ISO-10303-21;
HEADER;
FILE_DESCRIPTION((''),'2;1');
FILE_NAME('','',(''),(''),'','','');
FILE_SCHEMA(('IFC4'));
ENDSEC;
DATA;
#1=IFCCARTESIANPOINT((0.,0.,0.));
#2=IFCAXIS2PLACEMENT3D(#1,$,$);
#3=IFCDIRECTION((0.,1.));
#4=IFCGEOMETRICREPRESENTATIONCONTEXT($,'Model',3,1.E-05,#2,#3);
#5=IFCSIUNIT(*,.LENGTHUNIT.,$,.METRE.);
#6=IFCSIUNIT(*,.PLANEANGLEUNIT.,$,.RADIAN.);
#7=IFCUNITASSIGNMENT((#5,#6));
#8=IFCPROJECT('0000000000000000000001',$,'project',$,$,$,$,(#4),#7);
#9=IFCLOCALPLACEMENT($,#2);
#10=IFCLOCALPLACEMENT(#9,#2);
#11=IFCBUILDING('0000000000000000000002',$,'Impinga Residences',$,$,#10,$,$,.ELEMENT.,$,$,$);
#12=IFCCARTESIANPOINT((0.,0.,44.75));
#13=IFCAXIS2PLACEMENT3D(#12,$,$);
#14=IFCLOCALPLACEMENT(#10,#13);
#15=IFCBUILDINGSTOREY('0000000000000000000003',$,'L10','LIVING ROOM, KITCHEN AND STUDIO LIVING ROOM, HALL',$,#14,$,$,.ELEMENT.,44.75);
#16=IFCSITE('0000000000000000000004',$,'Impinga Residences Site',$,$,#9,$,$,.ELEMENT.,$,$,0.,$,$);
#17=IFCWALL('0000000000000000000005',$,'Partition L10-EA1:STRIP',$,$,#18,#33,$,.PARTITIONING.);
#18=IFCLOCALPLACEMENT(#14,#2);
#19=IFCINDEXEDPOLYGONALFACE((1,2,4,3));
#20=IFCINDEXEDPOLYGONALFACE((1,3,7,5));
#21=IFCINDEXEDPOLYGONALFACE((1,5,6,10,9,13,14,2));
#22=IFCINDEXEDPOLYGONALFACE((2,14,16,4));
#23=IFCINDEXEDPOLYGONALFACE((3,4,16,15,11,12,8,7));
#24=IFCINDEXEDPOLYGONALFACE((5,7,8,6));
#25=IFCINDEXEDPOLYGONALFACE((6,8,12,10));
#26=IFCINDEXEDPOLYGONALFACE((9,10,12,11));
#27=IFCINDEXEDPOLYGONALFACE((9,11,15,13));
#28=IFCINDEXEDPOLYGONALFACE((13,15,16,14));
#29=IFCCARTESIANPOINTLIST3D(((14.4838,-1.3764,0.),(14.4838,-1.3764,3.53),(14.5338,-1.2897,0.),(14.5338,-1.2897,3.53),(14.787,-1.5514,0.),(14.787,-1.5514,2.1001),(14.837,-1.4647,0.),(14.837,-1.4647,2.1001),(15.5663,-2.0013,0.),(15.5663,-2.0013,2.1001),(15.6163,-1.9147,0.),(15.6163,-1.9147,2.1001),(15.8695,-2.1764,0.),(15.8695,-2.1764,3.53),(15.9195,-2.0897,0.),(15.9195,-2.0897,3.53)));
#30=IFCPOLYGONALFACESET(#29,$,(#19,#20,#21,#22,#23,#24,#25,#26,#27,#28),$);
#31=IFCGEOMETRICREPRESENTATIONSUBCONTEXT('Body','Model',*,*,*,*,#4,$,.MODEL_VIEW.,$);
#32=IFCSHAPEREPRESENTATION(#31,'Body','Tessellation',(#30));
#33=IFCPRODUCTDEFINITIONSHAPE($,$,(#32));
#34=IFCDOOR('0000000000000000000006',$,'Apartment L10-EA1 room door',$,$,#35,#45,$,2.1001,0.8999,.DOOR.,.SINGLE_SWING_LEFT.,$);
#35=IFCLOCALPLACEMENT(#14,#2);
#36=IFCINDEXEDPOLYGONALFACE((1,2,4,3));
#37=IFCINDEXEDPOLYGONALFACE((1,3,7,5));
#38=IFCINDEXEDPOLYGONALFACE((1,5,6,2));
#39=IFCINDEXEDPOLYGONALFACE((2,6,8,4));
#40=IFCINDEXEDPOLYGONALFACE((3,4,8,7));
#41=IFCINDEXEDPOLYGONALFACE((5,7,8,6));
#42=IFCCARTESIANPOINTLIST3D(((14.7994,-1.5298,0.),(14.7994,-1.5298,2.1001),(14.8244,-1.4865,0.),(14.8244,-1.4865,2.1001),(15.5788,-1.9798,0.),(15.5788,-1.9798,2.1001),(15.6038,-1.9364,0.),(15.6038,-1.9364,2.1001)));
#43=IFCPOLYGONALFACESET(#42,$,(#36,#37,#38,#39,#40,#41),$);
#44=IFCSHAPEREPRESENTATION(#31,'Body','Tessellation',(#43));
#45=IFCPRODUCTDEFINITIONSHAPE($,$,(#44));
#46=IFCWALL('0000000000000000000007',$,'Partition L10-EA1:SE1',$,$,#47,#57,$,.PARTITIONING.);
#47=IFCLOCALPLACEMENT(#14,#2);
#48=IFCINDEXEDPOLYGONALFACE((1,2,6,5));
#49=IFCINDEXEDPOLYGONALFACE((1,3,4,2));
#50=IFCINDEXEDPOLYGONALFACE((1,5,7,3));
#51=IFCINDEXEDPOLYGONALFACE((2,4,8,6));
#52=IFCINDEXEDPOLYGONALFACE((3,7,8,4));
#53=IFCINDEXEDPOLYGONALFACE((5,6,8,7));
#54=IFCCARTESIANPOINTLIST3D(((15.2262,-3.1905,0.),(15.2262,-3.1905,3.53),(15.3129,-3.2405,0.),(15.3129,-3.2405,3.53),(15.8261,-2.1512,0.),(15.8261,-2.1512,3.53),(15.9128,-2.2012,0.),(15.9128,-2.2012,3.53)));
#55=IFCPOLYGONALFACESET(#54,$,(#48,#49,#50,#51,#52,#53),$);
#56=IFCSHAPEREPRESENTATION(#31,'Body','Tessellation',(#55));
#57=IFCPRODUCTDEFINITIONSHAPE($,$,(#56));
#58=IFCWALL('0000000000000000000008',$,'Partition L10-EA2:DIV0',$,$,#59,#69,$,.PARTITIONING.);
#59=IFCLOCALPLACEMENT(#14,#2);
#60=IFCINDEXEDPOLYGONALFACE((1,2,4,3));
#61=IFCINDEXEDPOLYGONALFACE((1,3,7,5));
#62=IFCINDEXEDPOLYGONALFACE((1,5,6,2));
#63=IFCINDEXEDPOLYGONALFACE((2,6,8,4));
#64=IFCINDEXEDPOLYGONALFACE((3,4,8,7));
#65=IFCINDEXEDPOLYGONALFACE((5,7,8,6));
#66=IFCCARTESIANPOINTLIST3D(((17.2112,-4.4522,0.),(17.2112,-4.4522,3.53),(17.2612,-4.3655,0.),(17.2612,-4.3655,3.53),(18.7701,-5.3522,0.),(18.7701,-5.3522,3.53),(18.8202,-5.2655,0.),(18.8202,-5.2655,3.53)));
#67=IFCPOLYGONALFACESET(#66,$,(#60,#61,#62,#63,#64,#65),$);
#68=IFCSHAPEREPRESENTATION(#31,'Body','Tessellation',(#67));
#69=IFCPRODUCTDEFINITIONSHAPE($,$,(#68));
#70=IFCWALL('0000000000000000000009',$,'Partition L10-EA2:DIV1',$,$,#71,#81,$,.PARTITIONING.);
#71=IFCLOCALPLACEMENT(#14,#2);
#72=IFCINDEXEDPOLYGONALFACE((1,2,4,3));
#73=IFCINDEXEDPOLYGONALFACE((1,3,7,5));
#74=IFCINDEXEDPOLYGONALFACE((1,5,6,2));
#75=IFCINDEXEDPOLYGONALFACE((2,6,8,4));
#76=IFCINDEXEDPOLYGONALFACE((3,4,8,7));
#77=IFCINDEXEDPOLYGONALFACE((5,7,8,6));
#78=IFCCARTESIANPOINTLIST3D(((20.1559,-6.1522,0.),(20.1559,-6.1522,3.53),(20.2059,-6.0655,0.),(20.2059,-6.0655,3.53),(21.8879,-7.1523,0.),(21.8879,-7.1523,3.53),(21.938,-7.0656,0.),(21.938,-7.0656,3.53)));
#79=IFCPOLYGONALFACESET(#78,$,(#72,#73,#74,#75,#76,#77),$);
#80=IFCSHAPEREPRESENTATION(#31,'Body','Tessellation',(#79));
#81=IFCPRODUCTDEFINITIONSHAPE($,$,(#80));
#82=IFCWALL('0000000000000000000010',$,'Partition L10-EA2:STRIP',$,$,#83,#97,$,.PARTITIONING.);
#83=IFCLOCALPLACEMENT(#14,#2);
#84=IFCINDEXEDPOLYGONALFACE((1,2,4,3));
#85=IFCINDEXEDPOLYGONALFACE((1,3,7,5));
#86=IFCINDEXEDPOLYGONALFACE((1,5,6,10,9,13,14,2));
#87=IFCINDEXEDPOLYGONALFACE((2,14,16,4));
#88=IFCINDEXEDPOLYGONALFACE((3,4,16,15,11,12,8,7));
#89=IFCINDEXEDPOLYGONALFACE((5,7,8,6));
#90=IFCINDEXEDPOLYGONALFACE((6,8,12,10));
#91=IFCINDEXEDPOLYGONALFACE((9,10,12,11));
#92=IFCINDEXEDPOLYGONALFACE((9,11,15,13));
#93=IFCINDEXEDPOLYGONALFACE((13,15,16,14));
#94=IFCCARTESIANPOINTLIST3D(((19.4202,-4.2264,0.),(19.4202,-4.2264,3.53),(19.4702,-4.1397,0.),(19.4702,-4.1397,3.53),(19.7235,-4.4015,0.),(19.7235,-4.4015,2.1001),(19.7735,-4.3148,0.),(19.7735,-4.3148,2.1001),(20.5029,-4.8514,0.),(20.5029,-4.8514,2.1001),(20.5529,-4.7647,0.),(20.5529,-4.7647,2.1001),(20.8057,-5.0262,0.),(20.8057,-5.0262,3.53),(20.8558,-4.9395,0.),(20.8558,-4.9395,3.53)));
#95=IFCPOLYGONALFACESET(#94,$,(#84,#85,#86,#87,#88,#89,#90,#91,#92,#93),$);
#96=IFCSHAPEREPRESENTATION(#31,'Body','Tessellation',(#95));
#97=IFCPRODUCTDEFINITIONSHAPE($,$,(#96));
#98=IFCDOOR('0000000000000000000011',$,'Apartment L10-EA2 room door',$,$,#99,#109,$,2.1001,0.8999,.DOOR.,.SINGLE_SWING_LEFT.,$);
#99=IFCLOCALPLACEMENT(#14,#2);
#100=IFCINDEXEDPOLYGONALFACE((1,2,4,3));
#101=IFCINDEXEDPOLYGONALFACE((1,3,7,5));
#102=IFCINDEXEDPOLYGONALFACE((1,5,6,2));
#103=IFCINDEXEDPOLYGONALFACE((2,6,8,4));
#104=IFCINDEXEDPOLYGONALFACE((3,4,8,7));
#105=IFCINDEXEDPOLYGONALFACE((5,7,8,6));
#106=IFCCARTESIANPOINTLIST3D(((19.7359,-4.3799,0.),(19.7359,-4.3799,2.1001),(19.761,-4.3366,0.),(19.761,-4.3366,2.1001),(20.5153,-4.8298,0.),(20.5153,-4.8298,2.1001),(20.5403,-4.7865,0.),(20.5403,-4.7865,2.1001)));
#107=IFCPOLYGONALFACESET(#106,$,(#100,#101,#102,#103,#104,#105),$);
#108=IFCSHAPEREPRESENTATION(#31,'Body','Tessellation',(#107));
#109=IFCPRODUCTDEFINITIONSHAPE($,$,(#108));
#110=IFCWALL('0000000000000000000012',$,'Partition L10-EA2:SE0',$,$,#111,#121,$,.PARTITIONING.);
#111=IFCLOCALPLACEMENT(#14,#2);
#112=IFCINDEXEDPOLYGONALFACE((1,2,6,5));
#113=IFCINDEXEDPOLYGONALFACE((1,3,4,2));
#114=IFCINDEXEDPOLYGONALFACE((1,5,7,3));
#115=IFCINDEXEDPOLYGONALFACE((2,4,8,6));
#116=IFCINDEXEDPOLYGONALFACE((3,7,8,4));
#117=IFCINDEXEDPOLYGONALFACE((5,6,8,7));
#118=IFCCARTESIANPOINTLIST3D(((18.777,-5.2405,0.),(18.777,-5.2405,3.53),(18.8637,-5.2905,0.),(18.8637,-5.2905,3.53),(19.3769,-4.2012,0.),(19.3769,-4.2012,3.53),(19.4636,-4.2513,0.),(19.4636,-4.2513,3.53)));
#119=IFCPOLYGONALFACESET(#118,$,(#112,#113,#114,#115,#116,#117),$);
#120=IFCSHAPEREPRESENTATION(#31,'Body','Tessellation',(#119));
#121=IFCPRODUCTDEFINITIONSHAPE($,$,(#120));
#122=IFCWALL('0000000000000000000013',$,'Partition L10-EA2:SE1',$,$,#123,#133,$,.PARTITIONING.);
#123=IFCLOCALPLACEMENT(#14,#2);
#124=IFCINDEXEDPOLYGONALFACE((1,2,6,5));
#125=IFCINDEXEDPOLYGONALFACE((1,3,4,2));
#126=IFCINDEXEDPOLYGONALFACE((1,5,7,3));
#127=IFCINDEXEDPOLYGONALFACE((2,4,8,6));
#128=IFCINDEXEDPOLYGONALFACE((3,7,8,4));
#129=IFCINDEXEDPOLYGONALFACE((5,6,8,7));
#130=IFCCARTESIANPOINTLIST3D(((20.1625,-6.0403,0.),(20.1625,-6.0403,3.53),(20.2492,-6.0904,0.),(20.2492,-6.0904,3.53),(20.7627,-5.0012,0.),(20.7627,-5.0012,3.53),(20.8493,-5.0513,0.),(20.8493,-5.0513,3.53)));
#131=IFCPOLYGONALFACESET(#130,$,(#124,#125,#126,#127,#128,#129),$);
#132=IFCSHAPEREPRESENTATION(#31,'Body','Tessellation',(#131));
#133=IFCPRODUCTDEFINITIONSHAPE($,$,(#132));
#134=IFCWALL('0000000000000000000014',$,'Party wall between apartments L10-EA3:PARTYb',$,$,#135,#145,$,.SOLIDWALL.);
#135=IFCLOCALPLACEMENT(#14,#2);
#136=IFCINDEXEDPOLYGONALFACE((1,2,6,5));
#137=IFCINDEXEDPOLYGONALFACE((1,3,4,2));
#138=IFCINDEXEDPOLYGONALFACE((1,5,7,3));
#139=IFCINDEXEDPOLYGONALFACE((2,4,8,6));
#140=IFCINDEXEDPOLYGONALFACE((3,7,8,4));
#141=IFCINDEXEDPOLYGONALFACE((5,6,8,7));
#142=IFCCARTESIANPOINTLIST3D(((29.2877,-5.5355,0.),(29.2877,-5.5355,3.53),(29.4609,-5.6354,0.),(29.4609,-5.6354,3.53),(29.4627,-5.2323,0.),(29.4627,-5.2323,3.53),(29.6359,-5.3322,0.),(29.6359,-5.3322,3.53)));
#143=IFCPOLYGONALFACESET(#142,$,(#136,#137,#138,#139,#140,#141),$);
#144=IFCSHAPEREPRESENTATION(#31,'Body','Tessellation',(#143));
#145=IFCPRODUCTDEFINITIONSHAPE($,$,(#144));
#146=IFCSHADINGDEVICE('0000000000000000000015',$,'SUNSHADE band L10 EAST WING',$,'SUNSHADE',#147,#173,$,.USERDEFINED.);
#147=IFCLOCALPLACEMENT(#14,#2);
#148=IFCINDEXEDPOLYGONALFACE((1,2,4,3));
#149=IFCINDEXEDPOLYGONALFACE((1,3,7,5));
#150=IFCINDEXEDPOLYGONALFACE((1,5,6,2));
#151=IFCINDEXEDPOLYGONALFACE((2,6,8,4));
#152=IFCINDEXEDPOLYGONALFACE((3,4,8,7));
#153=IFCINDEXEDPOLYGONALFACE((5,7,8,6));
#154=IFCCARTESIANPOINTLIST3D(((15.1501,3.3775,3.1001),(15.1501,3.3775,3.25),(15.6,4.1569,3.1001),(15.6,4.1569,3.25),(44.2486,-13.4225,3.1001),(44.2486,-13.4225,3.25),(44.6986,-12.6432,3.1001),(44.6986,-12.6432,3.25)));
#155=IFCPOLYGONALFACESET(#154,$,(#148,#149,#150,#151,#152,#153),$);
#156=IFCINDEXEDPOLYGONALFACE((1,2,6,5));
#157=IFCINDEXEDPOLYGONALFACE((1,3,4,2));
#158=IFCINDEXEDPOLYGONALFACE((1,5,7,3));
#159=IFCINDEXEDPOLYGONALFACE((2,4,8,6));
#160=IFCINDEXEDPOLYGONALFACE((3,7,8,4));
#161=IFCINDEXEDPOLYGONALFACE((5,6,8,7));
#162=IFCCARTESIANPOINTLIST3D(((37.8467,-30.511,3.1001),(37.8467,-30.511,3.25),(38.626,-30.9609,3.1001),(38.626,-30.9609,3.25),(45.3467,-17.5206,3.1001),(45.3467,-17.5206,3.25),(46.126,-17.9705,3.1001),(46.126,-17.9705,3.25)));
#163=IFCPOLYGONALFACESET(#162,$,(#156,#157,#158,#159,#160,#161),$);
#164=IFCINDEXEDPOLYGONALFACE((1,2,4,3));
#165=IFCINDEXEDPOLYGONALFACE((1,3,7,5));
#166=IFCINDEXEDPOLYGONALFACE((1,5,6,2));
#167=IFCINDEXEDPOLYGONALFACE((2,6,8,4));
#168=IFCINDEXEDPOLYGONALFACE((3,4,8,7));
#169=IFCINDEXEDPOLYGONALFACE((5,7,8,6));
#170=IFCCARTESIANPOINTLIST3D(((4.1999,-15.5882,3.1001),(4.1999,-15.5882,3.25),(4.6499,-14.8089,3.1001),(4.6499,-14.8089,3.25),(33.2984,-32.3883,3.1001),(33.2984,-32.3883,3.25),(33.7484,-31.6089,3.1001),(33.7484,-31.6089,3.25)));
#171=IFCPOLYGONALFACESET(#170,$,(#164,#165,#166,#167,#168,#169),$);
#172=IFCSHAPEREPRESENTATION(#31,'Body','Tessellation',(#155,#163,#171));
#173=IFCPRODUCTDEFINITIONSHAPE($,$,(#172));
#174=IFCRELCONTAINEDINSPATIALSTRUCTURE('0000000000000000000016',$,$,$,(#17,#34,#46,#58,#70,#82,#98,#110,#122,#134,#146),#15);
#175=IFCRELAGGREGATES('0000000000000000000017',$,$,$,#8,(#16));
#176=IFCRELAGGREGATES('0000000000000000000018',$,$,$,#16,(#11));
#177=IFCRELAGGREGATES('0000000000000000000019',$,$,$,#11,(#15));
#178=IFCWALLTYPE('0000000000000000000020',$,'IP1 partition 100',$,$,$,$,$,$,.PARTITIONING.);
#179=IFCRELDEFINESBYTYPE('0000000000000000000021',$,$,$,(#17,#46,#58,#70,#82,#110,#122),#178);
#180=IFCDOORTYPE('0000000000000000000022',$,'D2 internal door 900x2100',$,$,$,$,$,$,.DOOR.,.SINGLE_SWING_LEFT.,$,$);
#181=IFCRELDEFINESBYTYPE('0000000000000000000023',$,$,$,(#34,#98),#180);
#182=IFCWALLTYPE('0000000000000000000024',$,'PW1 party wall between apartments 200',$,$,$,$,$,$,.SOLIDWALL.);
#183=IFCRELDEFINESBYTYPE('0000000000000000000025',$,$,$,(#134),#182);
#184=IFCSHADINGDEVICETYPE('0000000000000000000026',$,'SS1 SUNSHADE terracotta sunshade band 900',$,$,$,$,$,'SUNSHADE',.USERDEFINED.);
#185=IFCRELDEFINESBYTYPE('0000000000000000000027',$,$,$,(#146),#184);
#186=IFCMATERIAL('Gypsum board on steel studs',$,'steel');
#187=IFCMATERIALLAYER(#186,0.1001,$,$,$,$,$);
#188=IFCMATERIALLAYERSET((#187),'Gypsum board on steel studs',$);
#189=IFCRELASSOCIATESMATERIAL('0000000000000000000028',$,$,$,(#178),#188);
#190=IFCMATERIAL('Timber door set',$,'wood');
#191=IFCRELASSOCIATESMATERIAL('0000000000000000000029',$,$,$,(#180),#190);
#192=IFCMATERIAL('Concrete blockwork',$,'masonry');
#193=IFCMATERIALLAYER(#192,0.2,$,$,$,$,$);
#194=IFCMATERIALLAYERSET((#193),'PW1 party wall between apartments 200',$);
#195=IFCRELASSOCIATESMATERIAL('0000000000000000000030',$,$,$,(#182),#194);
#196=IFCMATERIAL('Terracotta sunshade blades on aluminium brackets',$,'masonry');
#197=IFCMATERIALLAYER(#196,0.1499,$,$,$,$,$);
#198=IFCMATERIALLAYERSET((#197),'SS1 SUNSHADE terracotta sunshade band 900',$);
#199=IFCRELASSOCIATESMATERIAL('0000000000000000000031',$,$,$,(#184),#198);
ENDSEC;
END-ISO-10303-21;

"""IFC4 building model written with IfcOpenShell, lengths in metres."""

from ifc_helpers import new_model, si_unit, direction, frame, frame_2d, origin, origin_2d, place, context, subcontext, project, spatial, rectangle, extrude, material, layer, layer_set, type_object, element, fill, save


model = new_model("IFC4")

# Units and contexts
model_context = context("Model", 3, precision=1e-05, world=origin(), true_north=direction((0.0, 1.0)))
body_context = subcontext(model_context, "Body", "Model", "MODEL_VIEW")
ifc_project = project(units=[si_unit("LENGTHUNIT", "METRE"), si_unit("PLANEANGLEUNIT", "RADIAN")], contexts=[model_context])

# Site, building, storey
site_placement = place(None, origin())
site = spatial("IfcSite", under=ifc_project, at=site_placement, Name="Impinga Residences Site", CompositionType="ELEMENT", RefElevation=0.0)
building_placement = place(site_placement, origin())
building = spatial("IfcBuilding", under=site, at=building_placement, Name="Impinga Residences", CompositionType="ELEMENT")
storey_placement = place(building_placement, frame((0.0, 0.0, 44.75)))
storey = spatial("IfcBuildingStorey", under=building, at=storey_placement, Name="L10", Description="LIVING ROOM, KITCHEN AND STUDIO LIVING ROOM, HALL", CompositionType="ELEMENT", Elevation=44.75)

# Shared definitions
ifc_material_1 = material(Name="Gypsum board on steel studs", Category="steel")
ifc_layer_1 = layer(ifc_material_1, 0.1001)
ifc_layer_set_1 = layer_set([ifc_layer_1], Name="Gypsum board on steel studs")
wall_type_1 = type_object("IfcWallType", Name="IP1 partition 100", PredefinedType="PARTITIONING", material=ifc_layer_set_1)

# Wall, opening, door
wall_1_placement = place(storey_placement, frame((14.5088, -1.333, 0.0), z_axis=(0.0, 0.0, 1.0), x_axis=(0.866028, -0.499995, 0.0)))
wall_1 = element("IfcWall", 1, at=wall_1_placement, inside=storey, type_object=wall_type_1, Name="Partition L10-EA1:STRIP", PredefinedType="PARTITIONING", context=body_context, shape_type="SweptSolid", body=[
    extrude(rectangle(XDim=1.6001, YDim=0.1001, at=frame_2d((0.8, 0.0))), origin(), (0.0, 0.0, 1.0), 3.53),
])
opening_1_placement = place(wall_1_placement, frame((0.3501, 0.0, 0.0)))
opening_1 = element("IfcOpeningElement", 2, at=opening_1_placement, cuts=wall_1, PredefinedType="OPENING", context=body_context, shape_type="SweptSolid", body=[
    extrude(rectangle(XDim=0.8999, YDim=2.1001, at=frame_2d((0.45, 1.05))), frame((0.0, 0.0601, 0.0), z_axis=(0.0, -1.0, 0.0), x_axis=(1.0, 0.0, 0.0)), (0.0, 0.0, 1.0), 0.1201),
])
ifc_material_2 = material(Name="Timber door set", Category="wood")
door_type = type_object("IfcDoorType", Name="D2 internal door 900x2100", OperationType="SINGLE_SWING_LEFT", PredefinedType="DOOR", material=ifc_material_2)
door_1_placement = place(opening_1_placement, origin())
door_1 = element("IfcDoor", 3, at=door_1_placement, inside=storey, type_object=door_type, Name="Apartment L10-EA1 room door", OperationType="SINGLE_SWING_LEFT", OverallHeight=2.1001, OverallWidth=0.8999, PredefinedType="DOOR", context=body_context, shape_type="SweptSolid", body=[
    extrude(rectangle(XDim=0.8999, YDim=2.1001, at=frame_2d((0.45, 1.05))), frame((0.0, 0.0249, 0.0), z_axis=(0.0, -1.0, 0.0), x_axis=(1.0, 0.0, 0.0)), (0.0, 0.0, 1.0), 0.05),
])
fill(opening_1, door_1)

# Walls
wall_2_placement = place(storey_placement, frame((15.2695, -3.2156, 0.0), z_axis=(0.0, 0.0, 1.0), x_axis=(0.499881, 0.866094, 0.0)))
element("IfcWall", 4, at=wall_2_placement, inside=storey, type_object=wall_type_1, Name="Partition L10-EA1:SE1", PredefinedType="PARTITIONING", context=body_context, shape_type="SweptSolid", body=[
    extrude(rectangle(XDim=1.2, YDim=0.1001, at=frame_2d((0.6001, 0.0))), origin(), (0.0, 0.0, 1.0), 3.53),
])
wall_3_placement = place(storey_placement, frame((17.2363, -4.4089, 0.0), z_axis=(0.0, 0.0, 1.0), x_axis=(0.866048, -0.499961, 0.0)))
element("IfcWall", 5, at=wall_3_placement, inside=storey, type_object=wall_type_1, Name="Partition L10-EA2:DIV0", PredefinedType="PARTITIONING", context=body_context, shape_type="SweptSolid", body=[
    extrude(rectangle(XDim=1.8, YDim=0.1001, at=frame_2d((0.8999, 0.0))), origin(), (0.0, 0.0, 1.0), 3.53),
])
wall_4_placement = place(storey_placement, frame((20.1809, -6.1089, 0.0), z_axis=(0.0, 0.0, 1.0), x_axis=(0.866011, -0.500025, 0.0)))
element("IfcWall", 6, at=wall_4_placement, inside=storey, type_object=wall_type_1, Name="Partition L10-EA2:DIV1", PredefinedType="PARTITIONING", context=body_context, shape_type="SweptSolid", body=[
    extrude(rectangle(XDim=2.0, YDim=0.1001, at=frame_2d((1.0, 0.0))), origin(), (0.0, 0.0, 1.0), 3.53),
])

# Wall, opening, door
wall_5_placement = place(storey_placement, frame((19.4453, -4.1831, 0.0), z_axis=(0.0, 0.0, 1.0), x_axis=(0.866056, -0.499947, 0.0)))
wall_5 = element("IfcWall", 7, at=wall_5_placement, inside=storey, type_object=wall_type_1, Name="Partition L10-EA2:STRIP", PredefinedType="PARTITIONING", context=body_context, shape_type="SweptSolid", body=[
    extrude(rectangle(XDim=1.5999, YDim=0.1001, at=frame_2d((0.7998, 0.0))), origin(), (0.0, 0.0, 1.0), 3.53),
])
opening_2_placement = place(wall_5_placement, frame((0.3501, 0.0, 0.0)))
opening_2 = element("IfcOpeningElement", 8, at=opening_2_placement, cuts=wall_5, PredefinedType="OPENING", context=body_context, shape_type="SweptSolid", body=[
    extrude(rectangle(XDim=0.8999, YDim=2.1001, at=frame_2d((0.45, 1.05))), frame((0.0, 0.0601, 0.0), z_axis=(0.0, -1.0, 0.0), x_axis=(1.0, 0.0, 0.0)), (0.0, 0.0, 1.0), 0.1201),
])
door_2_placement = place(opening_2_placement, origin())
door_2 = element("IfcDoor", 9, at=door_2_placement, inside=storey, type_object=door_type, Name="Apartment L10-EA2 room door", OperationType="SINGLE_SWING_LEFT", OverallHeight=2.1001, OverallWidth=0.8999, PredefinedType="DOOR", context=body_context, shape_type="SweptSolid", body=[
    extrude(rectangle(XDim=0.8999, YDim=2.1001, at=frame_2d((0.45, 1.05))), frame((0.0, 0.0249, 0.0), z_axis=(0.0, -1.0, 0.0), x_axis=(1.0, 0.0, 0.0)), (0.0, 0.0, 1.0), 0.05),
])
fill(opening_2, door_2)

# Walls
for number, where, z_axis, x_axis, name in (
    (10, (18.8203, -5.2656, 0.0), (0.0, 0.0, 1.0), (0.499881, 0.866094, 0.0), "Partition L10-EA2:SE0"),
    (11, (20.2058, -6.0654, 0.0), (0.0, 0.0, 1.0), (0.500122, 0.865955, 0.0), "Partition L10-EA2:SE1"),
):
    element("IfcWall", number, at=place(storey_placement, frame(where, z_axis=z_axis, x_axis=x_axis)), inside=storey, type_object=wall_type_1, Name=name, PredefinedType="PARTITIONING", context=body_context, shape_type="SweptSolid", body=[
        extrude(rectangle(XDim=1.2, YDim=0.1001, at=frame_2d((0.6001, 0.0))), origin(), (0.0, 0.0, 1.0), 3.53),
    ])
ifc_material_3 = material(Name="Concrete blockwork", Category="masonry")
ifc_layer_2 = layer(ifc_material_3, 0.2)
ifc_layer_set_2 = layer_set([ifc_layer_2], Name="PW1 party wall between apartments 200")
wall_type_2 = type_object("IfcWallType", Name="PW1 party wall between apartments 200", PredefinedType="SOLIDWALL", material=ifc_layer_set_2)
wall_6_placement = place(storey_placement, frame((29.3743, -5.5854, 0.0), z_axis=(0.0, 0.0, 1.0), x_axis=(0.499964, 0.866046, 0.0)))
element("IfcWall", 12, at=wall_6_placement, inside=storey, type_object=wall_type_2, Name="Party wall between apartments L10-EA3:PARTYb", PredefinedType="SOLIDWALL", context=body_context, shape_type="SweptSolid", body=[
    extrude(rectangle(XDim=0.3501, YDim=0.2, at=frame_2d((0.175, 0.0))), origin(), (0.0, 0.0, 1.0), 3.53),
])

# Shading device
ifc_material_4 = material(Name="Terracotta sunshade blades on aluminium brackets", Category="masonry")
ifc_layer_3 = layer(ifc_material_4, 0.1499)
ifc_layer_set_3 = layer_set([ifc_layer_3], Name="SS1 SUNSHADE terracotta sunshade band 900")
shading_device_type = type_object("IfcShadingDeviceType", Name="SS1 SUNSHADE terracotta sunshade band 900", ElementType="SUNSHADE", PredefinedType="USERDEFINED", material=ifc_layer_set_3)
shading_device_placement = place(storey_placement, frame((29.9243, -4.6328, 3.1001), z_axis=(0.0, 0.0, 1.0), x_axis=(0.866025, -0.5, 0.0)))
element("IfcShadingDevice", 13, at=shading_device_placement, inside=storey, type_object=shading_device_type, Name="SUNSHADE band L10 EAST WING", ObjectType="SUNSHADE", PredefinedType="USERDEFINED", context=body_context, shape_type="SweptSolid", body=[
    extrude(rectangle(XDim=33.6001, YDim=0.8999, at=origin_2d()), origin(), (0.0, 0.0, 1.0), 0.1499),
    extrude(rectangle(XDim=15.0, YDim=0.8999, at=origin_2d()), frame((20.25, -10.95, 0.0), z_axis=(0.0, 0.0, 1.0), x_axis=(0.0, -1.0, 0.0)), (0.0, 0.0, 1.0), 0.1499),
    extrude(rectangle(XDim=33.6001, YDim=0.8999, at=origin_2d()), frame((-0.0002, -21.8999, 0.0), z_axis=(0.0, 0.0, 1.0), x_axis=(-1.0, 0.0, 0.0)), (0.0, 0.0, 1.0), 0.1499),
])

save(model, "model.ifc")
